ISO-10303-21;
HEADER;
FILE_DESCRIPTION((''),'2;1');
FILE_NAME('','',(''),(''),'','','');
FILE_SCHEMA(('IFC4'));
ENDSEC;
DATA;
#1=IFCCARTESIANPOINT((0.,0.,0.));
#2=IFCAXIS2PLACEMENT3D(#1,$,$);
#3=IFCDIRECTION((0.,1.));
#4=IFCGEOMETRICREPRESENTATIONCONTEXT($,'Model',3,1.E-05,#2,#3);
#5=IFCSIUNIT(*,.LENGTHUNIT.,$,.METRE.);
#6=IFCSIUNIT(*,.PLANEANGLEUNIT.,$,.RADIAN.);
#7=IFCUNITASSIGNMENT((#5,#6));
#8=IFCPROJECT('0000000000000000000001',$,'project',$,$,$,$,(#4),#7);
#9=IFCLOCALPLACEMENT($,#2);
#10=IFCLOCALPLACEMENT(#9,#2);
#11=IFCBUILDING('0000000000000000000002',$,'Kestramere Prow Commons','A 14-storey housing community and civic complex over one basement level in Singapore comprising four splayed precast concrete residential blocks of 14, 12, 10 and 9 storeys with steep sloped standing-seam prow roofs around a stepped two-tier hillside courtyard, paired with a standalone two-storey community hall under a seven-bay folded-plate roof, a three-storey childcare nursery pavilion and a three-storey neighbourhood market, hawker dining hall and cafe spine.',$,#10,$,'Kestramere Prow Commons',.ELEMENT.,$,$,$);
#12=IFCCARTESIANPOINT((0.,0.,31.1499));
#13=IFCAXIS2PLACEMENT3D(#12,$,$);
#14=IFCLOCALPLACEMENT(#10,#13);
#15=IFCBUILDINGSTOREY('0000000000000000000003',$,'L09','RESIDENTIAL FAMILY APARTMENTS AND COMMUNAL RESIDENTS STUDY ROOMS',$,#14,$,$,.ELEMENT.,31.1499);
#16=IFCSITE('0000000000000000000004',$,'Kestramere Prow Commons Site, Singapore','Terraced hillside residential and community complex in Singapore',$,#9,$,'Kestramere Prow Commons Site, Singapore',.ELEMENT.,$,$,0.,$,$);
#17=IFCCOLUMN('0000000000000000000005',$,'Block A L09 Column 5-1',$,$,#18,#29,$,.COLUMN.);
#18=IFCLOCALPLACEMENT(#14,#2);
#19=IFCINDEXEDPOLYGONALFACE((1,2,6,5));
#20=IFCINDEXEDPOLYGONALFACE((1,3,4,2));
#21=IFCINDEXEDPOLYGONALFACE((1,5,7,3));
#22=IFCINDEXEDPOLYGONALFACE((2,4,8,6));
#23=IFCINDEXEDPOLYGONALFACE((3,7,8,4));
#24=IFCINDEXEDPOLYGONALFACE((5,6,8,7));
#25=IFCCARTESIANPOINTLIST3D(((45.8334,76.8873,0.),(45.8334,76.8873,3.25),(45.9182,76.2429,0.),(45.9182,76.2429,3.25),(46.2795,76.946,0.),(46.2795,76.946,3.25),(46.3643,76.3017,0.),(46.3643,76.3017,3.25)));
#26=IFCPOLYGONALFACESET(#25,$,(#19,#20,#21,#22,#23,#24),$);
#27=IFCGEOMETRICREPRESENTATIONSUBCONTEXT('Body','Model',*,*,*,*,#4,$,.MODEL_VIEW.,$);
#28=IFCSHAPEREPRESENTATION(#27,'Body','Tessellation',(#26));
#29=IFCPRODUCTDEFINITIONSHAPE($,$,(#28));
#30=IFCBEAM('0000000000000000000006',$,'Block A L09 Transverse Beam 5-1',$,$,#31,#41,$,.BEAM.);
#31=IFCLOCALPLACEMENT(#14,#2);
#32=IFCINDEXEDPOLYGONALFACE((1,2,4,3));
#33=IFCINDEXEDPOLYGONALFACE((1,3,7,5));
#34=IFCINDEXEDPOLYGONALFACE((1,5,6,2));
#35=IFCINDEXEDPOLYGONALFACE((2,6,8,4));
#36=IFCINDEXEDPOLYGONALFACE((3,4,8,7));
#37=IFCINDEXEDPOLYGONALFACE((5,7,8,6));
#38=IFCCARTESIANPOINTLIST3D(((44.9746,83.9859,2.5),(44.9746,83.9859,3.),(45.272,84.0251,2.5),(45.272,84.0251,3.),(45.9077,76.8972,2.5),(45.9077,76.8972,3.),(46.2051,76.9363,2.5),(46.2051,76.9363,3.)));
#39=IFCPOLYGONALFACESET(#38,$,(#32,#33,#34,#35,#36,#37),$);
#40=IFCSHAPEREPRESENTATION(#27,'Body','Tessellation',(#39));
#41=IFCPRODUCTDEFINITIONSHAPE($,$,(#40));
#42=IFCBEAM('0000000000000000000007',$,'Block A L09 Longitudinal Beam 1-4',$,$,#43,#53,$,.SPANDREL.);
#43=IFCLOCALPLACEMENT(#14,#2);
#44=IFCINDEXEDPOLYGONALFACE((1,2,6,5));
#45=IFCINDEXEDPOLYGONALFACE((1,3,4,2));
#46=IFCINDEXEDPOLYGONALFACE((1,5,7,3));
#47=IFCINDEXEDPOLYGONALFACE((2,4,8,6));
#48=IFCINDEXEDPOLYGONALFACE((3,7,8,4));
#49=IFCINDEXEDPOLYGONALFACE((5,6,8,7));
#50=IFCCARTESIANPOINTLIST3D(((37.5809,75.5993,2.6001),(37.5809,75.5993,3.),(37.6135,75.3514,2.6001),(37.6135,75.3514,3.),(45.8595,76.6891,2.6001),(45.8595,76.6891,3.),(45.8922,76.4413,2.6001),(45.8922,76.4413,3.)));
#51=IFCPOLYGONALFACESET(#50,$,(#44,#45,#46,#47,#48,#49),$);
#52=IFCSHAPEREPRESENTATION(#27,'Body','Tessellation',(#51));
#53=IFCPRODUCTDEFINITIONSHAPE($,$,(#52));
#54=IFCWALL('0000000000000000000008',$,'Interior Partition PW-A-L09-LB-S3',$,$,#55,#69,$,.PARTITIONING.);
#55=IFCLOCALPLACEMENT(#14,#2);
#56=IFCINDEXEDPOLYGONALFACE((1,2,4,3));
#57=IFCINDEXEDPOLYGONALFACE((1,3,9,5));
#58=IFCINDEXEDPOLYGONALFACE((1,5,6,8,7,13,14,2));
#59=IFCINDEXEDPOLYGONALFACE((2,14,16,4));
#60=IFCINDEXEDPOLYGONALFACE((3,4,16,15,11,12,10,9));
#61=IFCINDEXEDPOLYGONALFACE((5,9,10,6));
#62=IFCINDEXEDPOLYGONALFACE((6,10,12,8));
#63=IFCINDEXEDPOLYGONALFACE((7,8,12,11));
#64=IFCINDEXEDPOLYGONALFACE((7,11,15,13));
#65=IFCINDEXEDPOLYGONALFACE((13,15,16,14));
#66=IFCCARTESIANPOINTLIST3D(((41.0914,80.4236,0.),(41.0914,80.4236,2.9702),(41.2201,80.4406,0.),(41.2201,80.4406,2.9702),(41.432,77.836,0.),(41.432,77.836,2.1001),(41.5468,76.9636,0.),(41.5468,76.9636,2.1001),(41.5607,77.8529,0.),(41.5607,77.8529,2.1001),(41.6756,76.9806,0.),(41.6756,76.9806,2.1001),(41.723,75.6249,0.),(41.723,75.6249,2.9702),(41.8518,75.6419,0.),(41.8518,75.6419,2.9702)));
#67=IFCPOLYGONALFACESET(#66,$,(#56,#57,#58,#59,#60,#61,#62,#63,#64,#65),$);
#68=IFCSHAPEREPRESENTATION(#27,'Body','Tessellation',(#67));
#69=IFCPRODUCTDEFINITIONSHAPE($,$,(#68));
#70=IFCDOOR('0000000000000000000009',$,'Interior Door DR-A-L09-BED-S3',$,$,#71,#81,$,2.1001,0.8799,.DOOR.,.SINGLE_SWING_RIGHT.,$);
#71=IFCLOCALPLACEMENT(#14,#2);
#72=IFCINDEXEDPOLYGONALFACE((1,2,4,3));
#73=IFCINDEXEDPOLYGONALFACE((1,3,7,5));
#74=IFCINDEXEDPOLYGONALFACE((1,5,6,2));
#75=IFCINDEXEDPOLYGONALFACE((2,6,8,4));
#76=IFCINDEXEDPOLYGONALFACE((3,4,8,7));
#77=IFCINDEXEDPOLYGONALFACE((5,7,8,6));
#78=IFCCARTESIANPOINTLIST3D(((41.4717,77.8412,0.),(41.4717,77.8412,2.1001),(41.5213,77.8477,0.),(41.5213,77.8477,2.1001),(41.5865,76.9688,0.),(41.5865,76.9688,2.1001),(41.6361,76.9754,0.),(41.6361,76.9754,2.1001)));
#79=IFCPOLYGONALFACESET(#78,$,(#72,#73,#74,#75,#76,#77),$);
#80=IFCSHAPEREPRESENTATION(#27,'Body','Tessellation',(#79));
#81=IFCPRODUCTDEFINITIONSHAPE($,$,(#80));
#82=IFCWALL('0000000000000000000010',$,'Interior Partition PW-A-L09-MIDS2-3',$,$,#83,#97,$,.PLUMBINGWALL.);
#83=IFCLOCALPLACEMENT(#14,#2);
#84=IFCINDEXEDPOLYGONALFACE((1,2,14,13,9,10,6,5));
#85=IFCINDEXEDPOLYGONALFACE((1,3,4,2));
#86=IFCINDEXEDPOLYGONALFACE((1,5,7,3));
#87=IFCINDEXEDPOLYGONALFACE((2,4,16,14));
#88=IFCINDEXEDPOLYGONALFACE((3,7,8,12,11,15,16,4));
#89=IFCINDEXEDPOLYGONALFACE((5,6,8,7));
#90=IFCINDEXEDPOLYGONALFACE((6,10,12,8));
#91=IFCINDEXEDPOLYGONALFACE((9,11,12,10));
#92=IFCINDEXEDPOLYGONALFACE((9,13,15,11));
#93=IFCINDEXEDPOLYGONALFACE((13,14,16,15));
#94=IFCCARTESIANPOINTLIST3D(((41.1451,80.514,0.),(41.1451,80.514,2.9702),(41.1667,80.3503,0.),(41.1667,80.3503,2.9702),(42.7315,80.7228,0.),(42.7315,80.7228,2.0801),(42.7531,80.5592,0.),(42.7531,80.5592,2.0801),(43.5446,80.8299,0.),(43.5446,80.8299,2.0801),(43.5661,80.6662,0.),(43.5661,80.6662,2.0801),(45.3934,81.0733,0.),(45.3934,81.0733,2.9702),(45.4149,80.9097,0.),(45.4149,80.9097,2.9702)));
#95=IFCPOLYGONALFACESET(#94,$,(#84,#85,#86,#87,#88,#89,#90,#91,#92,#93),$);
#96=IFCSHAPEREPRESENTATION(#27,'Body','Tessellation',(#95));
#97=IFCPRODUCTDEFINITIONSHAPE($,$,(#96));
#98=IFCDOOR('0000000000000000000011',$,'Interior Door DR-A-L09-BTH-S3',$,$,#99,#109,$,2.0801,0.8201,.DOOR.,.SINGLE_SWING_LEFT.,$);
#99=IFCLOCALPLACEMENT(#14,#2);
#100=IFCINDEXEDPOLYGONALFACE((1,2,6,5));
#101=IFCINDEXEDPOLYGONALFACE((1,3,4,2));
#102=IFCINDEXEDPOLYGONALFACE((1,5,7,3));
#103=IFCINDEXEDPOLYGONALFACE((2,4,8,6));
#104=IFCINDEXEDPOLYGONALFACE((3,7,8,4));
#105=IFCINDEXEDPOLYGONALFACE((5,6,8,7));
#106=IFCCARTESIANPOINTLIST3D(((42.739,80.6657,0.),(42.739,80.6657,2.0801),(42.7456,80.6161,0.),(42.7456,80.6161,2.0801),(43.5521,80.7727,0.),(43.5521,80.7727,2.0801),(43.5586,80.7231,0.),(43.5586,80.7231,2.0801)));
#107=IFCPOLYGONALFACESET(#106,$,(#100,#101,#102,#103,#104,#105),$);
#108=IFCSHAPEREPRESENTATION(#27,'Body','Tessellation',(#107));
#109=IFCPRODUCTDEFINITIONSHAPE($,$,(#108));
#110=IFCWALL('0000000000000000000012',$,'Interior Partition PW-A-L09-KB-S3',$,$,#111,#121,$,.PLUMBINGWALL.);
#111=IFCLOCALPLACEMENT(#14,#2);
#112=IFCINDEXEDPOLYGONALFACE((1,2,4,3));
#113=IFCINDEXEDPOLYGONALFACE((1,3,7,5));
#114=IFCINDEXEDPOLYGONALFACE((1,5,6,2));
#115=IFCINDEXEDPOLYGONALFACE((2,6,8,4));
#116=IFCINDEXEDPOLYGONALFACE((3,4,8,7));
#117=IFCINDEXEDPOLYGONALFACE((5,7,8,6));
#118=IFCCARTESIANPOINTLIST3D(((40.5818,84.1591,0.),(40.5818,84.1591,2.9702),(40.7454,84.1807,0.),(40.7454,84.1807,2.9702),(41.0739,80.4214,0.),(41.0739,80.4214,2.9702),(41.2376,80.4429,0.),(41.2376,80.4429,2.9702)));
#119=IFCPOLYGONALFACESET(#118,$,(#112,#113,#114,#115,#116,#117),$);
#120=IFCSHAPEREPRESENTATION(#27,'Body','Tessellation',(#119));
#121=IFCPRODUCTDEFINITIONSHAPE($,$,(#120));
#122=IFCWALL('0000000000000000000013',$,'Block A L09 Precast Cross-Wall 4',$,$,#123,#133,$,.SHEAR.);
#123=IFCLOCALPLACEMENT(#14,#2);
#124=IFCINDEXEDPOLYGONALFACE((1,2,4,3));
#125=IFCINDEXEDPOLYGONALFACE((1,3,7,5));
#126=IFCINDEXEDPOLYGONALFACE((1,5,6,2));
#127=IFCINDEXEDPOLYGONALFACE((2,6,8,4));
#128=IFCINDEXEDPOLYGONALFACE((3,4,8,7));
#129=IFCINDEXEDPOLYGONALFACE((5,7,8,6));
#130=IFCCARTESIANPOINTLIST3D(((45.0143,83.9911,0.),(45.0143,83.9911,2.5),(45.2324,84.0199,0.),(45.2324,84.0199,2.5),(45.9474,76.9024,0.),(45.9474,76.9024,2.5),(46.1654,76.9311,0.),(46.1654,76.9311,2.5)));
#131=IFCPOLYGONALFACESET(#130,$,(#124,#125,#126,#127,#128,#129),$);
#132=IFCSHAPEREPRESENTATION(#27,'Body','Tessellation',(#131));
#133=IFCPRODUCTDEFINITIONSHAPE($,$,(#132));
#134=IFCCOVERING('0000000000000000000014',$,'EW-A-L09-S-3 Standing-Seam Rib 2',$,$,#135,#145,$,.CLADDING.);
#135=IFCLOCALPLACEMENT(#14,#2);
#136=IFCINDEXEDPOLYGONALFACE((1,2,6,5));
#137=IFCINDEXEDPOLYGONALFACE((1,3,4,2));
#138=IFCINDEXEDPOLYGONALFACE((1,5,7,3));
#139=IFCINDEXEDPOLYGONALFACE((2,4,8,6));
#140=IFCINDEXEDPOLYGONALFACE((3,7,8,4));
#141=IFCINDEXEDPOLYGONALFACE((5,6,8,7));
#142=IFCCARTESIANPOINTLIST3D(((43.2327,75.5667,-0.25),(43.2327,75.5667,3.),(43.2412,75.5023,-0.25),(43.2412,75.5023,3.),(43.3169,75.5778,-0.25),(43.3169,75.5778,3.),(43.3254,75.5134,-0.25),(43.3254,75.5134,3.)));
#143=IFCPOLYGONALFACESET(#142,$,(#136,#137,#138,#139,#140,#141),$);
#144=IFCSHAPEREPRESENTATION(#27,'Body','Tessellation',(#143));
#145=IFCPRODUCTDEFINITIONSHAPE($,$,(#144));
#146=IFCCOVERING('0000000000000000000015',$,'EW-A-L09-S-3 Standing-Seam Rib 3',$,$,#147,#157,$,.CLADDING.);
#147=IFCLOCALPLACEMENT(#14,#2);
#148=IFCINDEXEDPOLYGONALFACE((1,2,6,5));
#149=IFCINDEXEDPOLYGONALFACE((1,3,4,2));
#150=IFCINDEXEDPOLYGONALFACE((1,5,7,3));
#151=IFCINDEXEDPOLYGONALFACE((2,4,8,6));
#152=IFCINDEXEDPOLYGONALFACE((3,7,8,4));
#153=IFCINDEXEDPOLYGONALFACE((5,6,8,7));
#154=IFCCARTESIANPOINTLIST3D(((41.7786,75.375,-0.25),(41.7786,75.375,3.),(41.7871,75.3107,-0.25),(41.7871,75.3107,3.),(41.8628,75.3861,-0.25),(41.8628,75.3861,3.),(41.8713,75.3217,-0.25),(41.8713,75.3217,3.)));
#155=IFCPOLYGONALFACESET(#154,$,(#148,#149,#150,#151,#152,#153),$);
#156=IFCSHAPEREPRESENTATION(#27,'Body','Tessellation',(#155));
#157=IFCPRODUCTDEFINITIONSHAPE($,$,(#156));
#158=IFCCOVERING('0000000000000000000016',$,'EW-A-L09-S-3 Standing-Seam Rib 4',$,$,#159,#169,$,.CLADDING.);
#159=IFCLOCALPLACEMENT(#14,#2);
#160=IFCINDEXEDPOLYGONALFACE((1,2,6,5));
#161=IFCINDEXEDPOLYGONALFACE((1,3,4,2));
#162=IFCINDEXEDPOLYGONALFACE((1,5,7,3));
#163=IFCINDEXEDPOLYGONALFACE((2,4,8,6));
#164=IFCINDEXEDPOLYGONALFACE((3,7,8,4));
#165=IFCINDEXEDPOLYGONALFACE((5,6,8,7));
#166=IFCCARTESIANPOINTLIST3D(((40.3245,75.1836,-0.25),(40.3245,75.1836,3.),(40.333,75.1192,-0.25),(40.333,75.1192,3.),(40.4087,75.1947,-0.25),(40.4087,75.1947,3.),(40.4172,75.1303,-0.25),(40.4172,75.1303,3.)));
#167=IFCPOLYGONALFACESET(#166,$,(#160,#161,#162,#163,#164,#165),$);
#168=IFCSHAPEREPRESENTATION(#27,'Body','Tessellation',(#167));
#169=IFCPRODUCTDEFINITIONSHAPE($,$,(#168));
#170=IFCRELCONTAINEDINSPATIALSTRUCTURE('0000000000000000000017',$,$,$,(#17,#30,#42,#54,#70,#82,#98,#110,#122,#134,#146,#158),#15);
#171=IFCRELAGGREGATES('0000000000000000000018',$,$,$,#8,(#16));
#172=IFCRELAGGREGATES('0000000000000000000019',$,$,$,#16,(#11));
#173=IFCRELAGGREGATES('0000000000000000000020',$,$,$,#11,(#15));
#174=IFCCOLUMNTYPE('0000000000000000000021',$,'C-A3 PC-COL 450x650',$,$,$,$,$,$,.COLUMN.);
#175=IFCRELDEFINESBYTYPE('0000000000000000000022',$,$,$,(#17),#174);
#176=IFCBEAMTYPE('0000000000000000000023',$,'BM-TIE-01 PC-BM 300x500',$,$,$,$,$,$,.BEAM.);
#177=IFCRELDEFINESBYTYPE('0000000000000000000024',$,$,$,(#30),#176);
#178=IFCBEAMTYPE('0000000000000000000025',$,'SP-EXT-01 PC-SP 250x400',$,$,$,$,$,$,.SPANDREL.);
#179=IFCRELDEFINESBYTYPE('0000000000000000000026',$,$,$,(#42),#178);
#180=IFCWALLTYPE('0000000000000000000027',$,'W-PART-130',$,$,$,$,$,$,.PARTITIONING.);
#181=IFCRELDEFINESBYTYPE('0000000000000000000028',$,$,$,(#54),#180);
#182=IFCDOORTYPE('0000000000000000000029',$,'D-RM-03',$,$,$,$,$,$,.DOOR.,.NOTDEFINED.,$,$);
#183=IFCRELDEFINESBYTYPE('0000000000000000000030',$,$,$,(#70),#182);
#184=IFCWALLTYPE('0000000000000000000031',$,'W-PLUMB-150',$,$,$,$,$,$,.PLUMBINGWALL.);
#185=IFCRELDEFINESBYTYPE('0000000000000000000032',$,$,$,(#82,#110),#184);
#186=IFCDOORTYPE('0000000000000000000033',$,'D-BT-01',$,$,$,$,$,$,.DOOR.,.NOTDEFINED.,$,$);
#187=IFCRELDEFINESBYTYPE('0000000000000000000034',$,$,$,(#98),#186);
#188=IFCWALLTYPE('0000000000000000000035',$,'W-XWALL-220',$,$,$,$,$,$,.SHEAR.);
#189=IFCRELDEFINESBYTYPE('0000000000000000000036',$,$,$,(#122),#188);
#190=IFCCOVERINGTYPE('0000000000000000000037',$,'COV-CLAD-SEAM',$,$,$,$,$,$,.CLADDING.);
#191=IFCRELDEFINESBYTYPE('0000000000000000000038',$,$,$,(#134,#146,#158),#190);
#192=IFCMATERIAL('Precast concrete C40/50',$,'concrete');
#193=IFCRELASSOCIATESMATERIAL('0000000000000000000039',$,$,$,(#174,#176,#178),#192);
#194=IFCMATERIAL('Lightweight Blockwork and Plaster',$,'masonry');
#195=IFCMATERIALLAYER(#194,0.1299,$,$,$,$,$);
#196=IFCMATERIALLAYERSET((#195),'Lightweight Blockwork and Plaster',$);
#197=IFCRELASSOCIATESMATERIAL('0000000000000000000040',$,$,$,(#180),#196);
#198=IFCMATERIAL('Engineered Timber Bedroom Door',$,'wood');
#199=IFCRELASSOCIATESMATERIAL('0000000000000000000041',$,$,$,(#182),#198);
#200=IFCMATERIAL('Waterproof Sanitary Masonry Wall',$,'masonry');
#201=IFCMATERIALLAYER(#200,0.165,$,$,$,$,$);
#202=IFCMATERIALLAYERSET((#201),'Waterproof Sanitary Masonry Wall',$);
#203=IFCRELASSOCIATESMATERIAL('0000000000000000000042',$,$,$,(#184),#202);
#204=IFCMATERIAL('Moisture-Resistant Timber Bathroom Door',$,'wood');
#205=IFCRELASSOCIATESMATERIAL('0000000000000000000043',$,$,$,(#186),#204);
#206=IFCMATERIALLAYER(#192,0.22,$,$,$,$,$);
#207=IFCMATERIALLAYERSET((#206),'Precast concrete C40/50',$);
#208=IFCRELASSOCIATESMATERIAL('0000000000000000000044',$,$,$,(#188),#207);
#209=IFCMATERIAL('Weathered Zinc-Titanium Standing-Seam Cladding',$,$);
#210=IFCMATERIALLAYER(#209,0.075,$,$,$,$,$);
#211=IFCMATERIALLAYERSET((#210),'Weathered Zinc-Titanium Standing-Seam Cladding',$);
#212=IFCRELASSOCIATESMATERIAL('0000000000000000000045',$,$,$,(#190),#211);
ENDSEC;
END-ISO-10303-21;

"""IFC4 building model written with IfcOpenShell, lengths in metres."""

from ifc_helpers import new_model, si_unit, direction, frame, frame_2d, origin, origin_2d, place, context, subcontext, project, spatial, rectangle, extrude, material, layer, layer_set, material_profile, profile_set, type_object, element, fill, save


model = new_model("IFC4")

# Units and contexts
model_context = context("Model", 3, precision=1e-05, world=origin(), true_north=direction((0.0, 1.0)))
body_context = subcontext(model_context, "Body", "Model", "MODEL_VIEW")
ifc_project = project(units=[si_unit("LENGTHUNIT", "METRE"), si_unit("PLANEANGLEUNIT", "RADIAN")], contexts=[model_context])

# Site, building, storey
site_placement = place(None, origin())
site = spatial("IfcSite", under=ifc_project, at=site_placement, Name="Kestramere Prow Commons Site, Singapore", Description="Terraced hillside residential and community complex in Singapore", LongName="Kestramere Prow Commons Site, Singapore", CompositionType="ELEMENT", RefElevation=0.0)
building_placement = place(site_placement, origin())
building = spatial("IfcBuilding", under=site, at=building_placement, Name="Kestramere Prow Commons", Description="A 14-storey housing community and civic complex over one basement level in Singapore comprising four splayed precast concrete residential blocks of 14, 12, 10 and 9 storeys with steep sloped standing-seam prow roofs around a stepped two-tier hillside courtyard, paired with a standalone two-storey community hall under a seven-bay folded-plate roof, a three-storey childcare nursery pavilion and a three-storey neighbourhood market, hawker dining hall and cafe spine.", LongName="Kestramere Prow Commons", CompositionType="ELEMENT")
storey_placement = place(building_placement, frame((0.0, 0.0, 31.1499)))
storey = spatial("IfcBuildingStorey", under=building, at=storey_placement, Name="L09", Description="RESIDENTIAL FAMILY APARTMENTS AND COMMUNAL RESIDENTS STUDY ROOMS", CompositionType="ELEMENT", Elevation=31.1499)

# Column
ifc_material_1 = material(Name="Precast concrete C40/50", Category="concrete")
ifc_material_profile_1 = material_profile(ifc_material_1, rectangle(XDim=0.45, YDim=0.6499, at=origin_2d()), Name="PC-COL 450x650")
ifc_profile_set_1 = profile_set([ifc_material_profile_1], Name="Precast concrete C40/50")
column_type = type_object("IfcColumnType", Name="C-A3 PC-COL 450x650", PredefinedType="COLUMN", material=ifc_profile_set_1)
column_placement = place(storey_placement, frame((46.0989, 76.5945, 0.0), z_axis=(0.0, 0.0, 1.0), x_axis=(0.991445, 0.130526, 0.0)))
element("IfcColumn", 1, at=column_placement, inside=storey, type_object=column_type, Name="Block A L09 Column 5-1", PredefinedType="COLUMN", context=body_context, shape_type="SweptSolid", body=[
    extrude(rectangle(XDim=0.45, YDim=0.6499, at=origin_2d()), origin(), (0.0, 0.0, 1.0), 3.25),
])

# Beams
ifc_material_profile_2 = material_profile(ifc_material_1, rectangle(XDim=0.3, YDim=0.5, at=origin_2d()), Name="PC-BM 300x500")
ifc_profile_set_2 = profile_set([ifc_material_profile_2], Name="Precast concrete C40/50")
beam_type_1 = type_object("IfcBeamType", Name="BM-TIE-01 PC-BM 300x500", PredefinedType="BEAM", material=ifc_profile_set_2)
beam_1_placement = place(storey_placement, frame((46.0564, 76.9167, 2.75), z_axis=(-0.130504, 0.991448, 0.0), x_axis=(-0.991448, -0.130504, 0.0)))
element("IfcBeam", 2, at=beam_1_placement, inside=storey, type_object=beam_type_1, Name="Block A L09 Transverse Beam 5-1", PredefinedType="BEAM", context=body_context, shape_type="SweptSolid", body=[
    extrude(rectangle(XDim=0.3, YDim=0.5, at=origin_2d()), origin(), (0.0, 0.0, 1.0), 7.1499),
])
ifc_material_profile_3 = material_profile(ifc_material_1, rectangle(XDim=0.25, YDim=0.3999, at=origin_2d()), Name="PC-SP 250x400")
ifc_profile_set_3 = profile_set([ifc_material_profile_3], Name="Precast concrete C40/50")
beam_type_2 = type_object("IfcBeamType", Name="SP-EXT-01 PC-SP 250x400", PredefinedType="SPANDREL", material=ifc_profile_set_3)
beam_2_placement = place(storey_placement, frame((37.5972, 75.4753, 2.8), z_axis=(0.991446, 0.13052, 0.0), x_axis=(-0.13052, 0.991446, 0.0)))
element("IfcBeam", 3, at=beam_2_placement, inside=storey, type_object=beam_type_2, Name="Block A L09 Longitudinal Beam 1-4", PredefinedType="SPANDREL", context=body_context, shape_type="SweptSolid", body=[
    extrude(rectangle(XDim=0.25, YDim=0.3999, at=origin_2d()), origin(), (0.0, 0.0, 1.0), 8.3501),
])

# Walls, openings, doors
ifc_material_2 = material(Name="Lightweight Blockwork and Plaster", Category="masonry")
ifc_layer_1 = layer(ifc_material_2, 0.1299)
ifc_layer_set_1 = layer_set([ifc_layer_1], Name="Lightweight Blockwork and Plaster")
wall_type_1 = type_object("IfcWallType", Name="W-PART-130", PredefinedType="PARTITIONING", material=ifc_layer_set_1)
wall_1_placement = place(storey_placement, frame((41.7874, 75.6335, 0.0), z_axis=(0.0, 0.0, 1.0), x_axis=(-0.130495, 0.991449, 0.0)))
wall_1 = element("IfcWall", 4, at=wall_1_placement, inside=storey, type_object=wall_type_1, Name="Interior Partition PW-A-L09-LB-S3", PredefinedType="PARTITIONING", context=body_context, shape_type="SweptSolid", body=[
    extrude(rectangle(XDim=4.8401, YDim=0.1299, at=frame_2d((2.4199, 0.0))), origin(), (0.0, 0.0, 1.0), 2.9702),
])
opening_1_placement = place(wall_1_placement, frame((1.3501, 0.0, 0.0)))
opening_1 = element("IfcOpeningElement", 5, at=opening_1_placement, cuts=wall_1, PredefinedType="OPENING", context=body_context, shape_type="SweptSolid", body=[
    extrude(rectangle(XDim=0.8799, YDim=2.1001, at=frame_2d((0.4399, 1.05))), frame((0.0, 0.0798, 0.0), z_axis=(0.0, -1.0, 0.0), x_axis=(1.0, 0.0, 0.0)), (0.0, 0.0, 1.0), 0.1599),
])
ifc_material_3 = material(Name="Engineered Timber Bedroom Door", Category="wood")
door_type_1 = type_object("IfcDoorType", Name="D-RM-03", OperationType="NOTDEFINED", PredefinedType="DOOR", material=ifc_material_3)
door_1_placement = place(opening_1_placement, origin())
door_1 = element("IfcDoor", 6, at=door_1_placement, inside=storey, type_object=door_type_1, Name="Interior Door DR-A-L09-BED-S3", OperationType="SINGLE_SWING_RIGHT", OverallHeight=2.1001, OverallWidth=0.8799, PredefinedType="DOOR", context=body_context, shape_type="SweptSolid", body=[
    extrude(rectangle(XDim=0.8799, YDim=2.1001, at=frame_2d((0.4399, 1.05))), frame((0.0, 0.0249, 0.0), z_axis=(0.0, -1.0, 0.0), x_axis=(1.0, 0.0, 0.0)), (0.0, 0.0, 1.0), 0.05),
])
fill(opening_1, door_1)
ifc_material_4 = material(Name="Waterproof Sanitary Masonry Wall", Category="masonry")
ifc_layer_2 = layer(ifc_material_4, 0.165)
ifc_layer_set_2 = layer_set([ifc_layer_2], Name="Waterproof Sanitary Masonry Wall")
wall_type_2 = type_object("IfcWallType", Name="W-PLUMB-150", PredefinedType="PLUMBINGWALL", material=ifc_layer_set_2)
wall_2_placement = place(storey_placement, frame((41.1558, 80.4321, 0.0), z_axis=(0.0, 0.0, 1.0), x_axis=(0.991444, 0.130533, 0.0)))
wall_2 = element("IfcWall", 7, at=wall_2_placement, inside=storey, type_object=wall_type_2, Name="Interior Partition PW-A-L09-MIDS2-3", PredefinedType="PLUMBINGWALL", context=body_context, shape_type="SweptSolid", body=[
    extrude(rectangle(XDim=4.2849, YDim=0.165, at=frame_2d((2.1426, 0.0))), origin(), (0.0, 0.0, 1.0), 2.9702),
])
opening_2_placement = place(wall_2_placement, frame((1.6001, 0.0, 0.0)))
opening_2 = element("IfcOpeningElement", 8, at=opening_2_placement, cuts=wall_2, PredefinedType="OPENING", context=body_context, shape_type="SweptSolid", body=[
    extrude(rectangle(XDim=0.8201, YDim=2.0801, at=frame_2d((0.4102, 1.04))), frame((0.0, 0.0974, 0.0), z_axis=(0.0, -1.0, 0.0), x_axis=(1.0, 0.0, 0.0)), (0.0, 0.0, 1.0), 0.1951),
])
ifc_material_5 = material(Name="Moisture-Resistant Timber Bathroom Door", Category="wood")
door_type_2 = type_object("IfcDoorType", Name="D-BT-01", OperationType="NOTDEFINED", PredefinedType="DOOR", material=ifc_material_5)
door_2_placement = place(opening_2_placement, origin())
door_2 = element("IfcDoor", 9, at=door_2_placement, inside=storey, type_object=door_type_2, Name="Interior Door DR-A-L09-BTH-S3", OperationType="SINGLE_SWING_LEFT", OverallHeight=2.0801, OverallWidth=0.8201, PredefinedType="DOOR", context=body_context, shape_type="SweptSolid", body=[
    extrude(rectangle(XDim=0.8201, YDim=2.0801, at=frame_2d((0.4102, 1.04))), frame((0.0, 0.0249, 0.0), z_axis=(0.0, -1.0, 0.0), x_axis=(1.0, 0.0, 0.0)), (0.0, 0.0, 1.0), 0.05),
])
fill(opening_2, door_2)

# Walls
wall_3_placement = place(storey_placement, frame((41.1558, 80.4321, 0.0), z_axis=(0.0, 0.0, 1.0), x_axis=(-0.130552, 0.991442, 0.0)))
element("IfcWall", 10, at=wall_3_placement, inside=storey, type_object=wall_type_2, Name="Interior Partition PW-A-L09-KB-S3", PredefinedType="PLUMBINGWALL", context=body_context, shape_type="SweptSolid", body=[
    extrude(rectangle(XDim=3.77, YDim=0.165, at=frame_2d((1.885, 0.0))), origin(), (0.0, 0.0, 1.0), 2.9702),
])
ifc_layer_3 = layer(ifc_material_1, 0.22)
ifc_layer_set_3 = layer_set([ifc_layer_3], Name="Precast concrete C40/50")
wall_type_3 = type_object("IfcWallType", Name="W-XWALL-220", PredefinedType="SHEAR", material=ifc_layer_set_3)
wall_4_placement = place(storey_placement, frame((46.0564, 76.9167, 0.0), z_axis=(0.0, 0.0, 1.0), x_axis=(-0.130504, 0.991448, 0.0)))
element("IfcWall", 11, at=wall_4_placement, inside=storey, type_object=wall_type_3, Name="Block A L09 Precast Cross-Wall 4", PredefinedType="SHEAR", context=body_context, shape_type="SweptSolid", body=[
    extrude(rectangle(XDim=7.1499, YDim=0.22, at=frame_2d((3.575, 0.0))), origin(), (0.0, 0.0, 1.0), 2.5),
])

# Coverings
ifc_material_6 = material(Name="Weathered Zinc-Titanium Standing-Seam Cladding")
ifc_layer_4 = layer(ifc_material_6, 0.075)
ifc_layer_set_4 = layer_set([ifc_layer_4], Name="Weathered Zinc-Titanium Standing-Seam Cladding")
covering_type = type_object("IfcCoveringType", Name="COV-CLAD-SEAM", PredefinedType="CLADDING", material=ifc_layer_set_4)
for number, where, z_axis, x_axis, name in (
    (12, (43.2791, 75.54, -0.25), (0.0, 0.0, 1.0), (-0.991445, -0.130526, 0.0), "EW-A-L09-S-3 Standing-Seam Rib 2"),
    (13, (41.825, 75.3484, -0.25), (0.0, 0.0, 1.0), (-0.991445, -0.130526, 0.0), "EW-A-L09-S-3 Standing-Seam Rib 3"),
    (14, (40.3708, 75.157, -0.25), (0.0, 0.0, 1.0), (-0.991445, -0.130526, 0.0), "EW-A-L09-S-3 Standing-Seam Rib 4"),
):
    element("IfcCovering", number, at=place(storey_placement, frame(where, z_axis=z_axis, x_axis=x_axis)), inside=storey, type_object=covering_type, Name=name, PredefinedType="CLADDING", context=body_context, shape_type="SweptSolid", body=[
        extrude(rectangle(XDim=0.085, YDim=0.0649, at=origin_2d()), origin(), (0.0, 0.0, 1.0), 3.25),
    ])

save(model, "model.ifc")
